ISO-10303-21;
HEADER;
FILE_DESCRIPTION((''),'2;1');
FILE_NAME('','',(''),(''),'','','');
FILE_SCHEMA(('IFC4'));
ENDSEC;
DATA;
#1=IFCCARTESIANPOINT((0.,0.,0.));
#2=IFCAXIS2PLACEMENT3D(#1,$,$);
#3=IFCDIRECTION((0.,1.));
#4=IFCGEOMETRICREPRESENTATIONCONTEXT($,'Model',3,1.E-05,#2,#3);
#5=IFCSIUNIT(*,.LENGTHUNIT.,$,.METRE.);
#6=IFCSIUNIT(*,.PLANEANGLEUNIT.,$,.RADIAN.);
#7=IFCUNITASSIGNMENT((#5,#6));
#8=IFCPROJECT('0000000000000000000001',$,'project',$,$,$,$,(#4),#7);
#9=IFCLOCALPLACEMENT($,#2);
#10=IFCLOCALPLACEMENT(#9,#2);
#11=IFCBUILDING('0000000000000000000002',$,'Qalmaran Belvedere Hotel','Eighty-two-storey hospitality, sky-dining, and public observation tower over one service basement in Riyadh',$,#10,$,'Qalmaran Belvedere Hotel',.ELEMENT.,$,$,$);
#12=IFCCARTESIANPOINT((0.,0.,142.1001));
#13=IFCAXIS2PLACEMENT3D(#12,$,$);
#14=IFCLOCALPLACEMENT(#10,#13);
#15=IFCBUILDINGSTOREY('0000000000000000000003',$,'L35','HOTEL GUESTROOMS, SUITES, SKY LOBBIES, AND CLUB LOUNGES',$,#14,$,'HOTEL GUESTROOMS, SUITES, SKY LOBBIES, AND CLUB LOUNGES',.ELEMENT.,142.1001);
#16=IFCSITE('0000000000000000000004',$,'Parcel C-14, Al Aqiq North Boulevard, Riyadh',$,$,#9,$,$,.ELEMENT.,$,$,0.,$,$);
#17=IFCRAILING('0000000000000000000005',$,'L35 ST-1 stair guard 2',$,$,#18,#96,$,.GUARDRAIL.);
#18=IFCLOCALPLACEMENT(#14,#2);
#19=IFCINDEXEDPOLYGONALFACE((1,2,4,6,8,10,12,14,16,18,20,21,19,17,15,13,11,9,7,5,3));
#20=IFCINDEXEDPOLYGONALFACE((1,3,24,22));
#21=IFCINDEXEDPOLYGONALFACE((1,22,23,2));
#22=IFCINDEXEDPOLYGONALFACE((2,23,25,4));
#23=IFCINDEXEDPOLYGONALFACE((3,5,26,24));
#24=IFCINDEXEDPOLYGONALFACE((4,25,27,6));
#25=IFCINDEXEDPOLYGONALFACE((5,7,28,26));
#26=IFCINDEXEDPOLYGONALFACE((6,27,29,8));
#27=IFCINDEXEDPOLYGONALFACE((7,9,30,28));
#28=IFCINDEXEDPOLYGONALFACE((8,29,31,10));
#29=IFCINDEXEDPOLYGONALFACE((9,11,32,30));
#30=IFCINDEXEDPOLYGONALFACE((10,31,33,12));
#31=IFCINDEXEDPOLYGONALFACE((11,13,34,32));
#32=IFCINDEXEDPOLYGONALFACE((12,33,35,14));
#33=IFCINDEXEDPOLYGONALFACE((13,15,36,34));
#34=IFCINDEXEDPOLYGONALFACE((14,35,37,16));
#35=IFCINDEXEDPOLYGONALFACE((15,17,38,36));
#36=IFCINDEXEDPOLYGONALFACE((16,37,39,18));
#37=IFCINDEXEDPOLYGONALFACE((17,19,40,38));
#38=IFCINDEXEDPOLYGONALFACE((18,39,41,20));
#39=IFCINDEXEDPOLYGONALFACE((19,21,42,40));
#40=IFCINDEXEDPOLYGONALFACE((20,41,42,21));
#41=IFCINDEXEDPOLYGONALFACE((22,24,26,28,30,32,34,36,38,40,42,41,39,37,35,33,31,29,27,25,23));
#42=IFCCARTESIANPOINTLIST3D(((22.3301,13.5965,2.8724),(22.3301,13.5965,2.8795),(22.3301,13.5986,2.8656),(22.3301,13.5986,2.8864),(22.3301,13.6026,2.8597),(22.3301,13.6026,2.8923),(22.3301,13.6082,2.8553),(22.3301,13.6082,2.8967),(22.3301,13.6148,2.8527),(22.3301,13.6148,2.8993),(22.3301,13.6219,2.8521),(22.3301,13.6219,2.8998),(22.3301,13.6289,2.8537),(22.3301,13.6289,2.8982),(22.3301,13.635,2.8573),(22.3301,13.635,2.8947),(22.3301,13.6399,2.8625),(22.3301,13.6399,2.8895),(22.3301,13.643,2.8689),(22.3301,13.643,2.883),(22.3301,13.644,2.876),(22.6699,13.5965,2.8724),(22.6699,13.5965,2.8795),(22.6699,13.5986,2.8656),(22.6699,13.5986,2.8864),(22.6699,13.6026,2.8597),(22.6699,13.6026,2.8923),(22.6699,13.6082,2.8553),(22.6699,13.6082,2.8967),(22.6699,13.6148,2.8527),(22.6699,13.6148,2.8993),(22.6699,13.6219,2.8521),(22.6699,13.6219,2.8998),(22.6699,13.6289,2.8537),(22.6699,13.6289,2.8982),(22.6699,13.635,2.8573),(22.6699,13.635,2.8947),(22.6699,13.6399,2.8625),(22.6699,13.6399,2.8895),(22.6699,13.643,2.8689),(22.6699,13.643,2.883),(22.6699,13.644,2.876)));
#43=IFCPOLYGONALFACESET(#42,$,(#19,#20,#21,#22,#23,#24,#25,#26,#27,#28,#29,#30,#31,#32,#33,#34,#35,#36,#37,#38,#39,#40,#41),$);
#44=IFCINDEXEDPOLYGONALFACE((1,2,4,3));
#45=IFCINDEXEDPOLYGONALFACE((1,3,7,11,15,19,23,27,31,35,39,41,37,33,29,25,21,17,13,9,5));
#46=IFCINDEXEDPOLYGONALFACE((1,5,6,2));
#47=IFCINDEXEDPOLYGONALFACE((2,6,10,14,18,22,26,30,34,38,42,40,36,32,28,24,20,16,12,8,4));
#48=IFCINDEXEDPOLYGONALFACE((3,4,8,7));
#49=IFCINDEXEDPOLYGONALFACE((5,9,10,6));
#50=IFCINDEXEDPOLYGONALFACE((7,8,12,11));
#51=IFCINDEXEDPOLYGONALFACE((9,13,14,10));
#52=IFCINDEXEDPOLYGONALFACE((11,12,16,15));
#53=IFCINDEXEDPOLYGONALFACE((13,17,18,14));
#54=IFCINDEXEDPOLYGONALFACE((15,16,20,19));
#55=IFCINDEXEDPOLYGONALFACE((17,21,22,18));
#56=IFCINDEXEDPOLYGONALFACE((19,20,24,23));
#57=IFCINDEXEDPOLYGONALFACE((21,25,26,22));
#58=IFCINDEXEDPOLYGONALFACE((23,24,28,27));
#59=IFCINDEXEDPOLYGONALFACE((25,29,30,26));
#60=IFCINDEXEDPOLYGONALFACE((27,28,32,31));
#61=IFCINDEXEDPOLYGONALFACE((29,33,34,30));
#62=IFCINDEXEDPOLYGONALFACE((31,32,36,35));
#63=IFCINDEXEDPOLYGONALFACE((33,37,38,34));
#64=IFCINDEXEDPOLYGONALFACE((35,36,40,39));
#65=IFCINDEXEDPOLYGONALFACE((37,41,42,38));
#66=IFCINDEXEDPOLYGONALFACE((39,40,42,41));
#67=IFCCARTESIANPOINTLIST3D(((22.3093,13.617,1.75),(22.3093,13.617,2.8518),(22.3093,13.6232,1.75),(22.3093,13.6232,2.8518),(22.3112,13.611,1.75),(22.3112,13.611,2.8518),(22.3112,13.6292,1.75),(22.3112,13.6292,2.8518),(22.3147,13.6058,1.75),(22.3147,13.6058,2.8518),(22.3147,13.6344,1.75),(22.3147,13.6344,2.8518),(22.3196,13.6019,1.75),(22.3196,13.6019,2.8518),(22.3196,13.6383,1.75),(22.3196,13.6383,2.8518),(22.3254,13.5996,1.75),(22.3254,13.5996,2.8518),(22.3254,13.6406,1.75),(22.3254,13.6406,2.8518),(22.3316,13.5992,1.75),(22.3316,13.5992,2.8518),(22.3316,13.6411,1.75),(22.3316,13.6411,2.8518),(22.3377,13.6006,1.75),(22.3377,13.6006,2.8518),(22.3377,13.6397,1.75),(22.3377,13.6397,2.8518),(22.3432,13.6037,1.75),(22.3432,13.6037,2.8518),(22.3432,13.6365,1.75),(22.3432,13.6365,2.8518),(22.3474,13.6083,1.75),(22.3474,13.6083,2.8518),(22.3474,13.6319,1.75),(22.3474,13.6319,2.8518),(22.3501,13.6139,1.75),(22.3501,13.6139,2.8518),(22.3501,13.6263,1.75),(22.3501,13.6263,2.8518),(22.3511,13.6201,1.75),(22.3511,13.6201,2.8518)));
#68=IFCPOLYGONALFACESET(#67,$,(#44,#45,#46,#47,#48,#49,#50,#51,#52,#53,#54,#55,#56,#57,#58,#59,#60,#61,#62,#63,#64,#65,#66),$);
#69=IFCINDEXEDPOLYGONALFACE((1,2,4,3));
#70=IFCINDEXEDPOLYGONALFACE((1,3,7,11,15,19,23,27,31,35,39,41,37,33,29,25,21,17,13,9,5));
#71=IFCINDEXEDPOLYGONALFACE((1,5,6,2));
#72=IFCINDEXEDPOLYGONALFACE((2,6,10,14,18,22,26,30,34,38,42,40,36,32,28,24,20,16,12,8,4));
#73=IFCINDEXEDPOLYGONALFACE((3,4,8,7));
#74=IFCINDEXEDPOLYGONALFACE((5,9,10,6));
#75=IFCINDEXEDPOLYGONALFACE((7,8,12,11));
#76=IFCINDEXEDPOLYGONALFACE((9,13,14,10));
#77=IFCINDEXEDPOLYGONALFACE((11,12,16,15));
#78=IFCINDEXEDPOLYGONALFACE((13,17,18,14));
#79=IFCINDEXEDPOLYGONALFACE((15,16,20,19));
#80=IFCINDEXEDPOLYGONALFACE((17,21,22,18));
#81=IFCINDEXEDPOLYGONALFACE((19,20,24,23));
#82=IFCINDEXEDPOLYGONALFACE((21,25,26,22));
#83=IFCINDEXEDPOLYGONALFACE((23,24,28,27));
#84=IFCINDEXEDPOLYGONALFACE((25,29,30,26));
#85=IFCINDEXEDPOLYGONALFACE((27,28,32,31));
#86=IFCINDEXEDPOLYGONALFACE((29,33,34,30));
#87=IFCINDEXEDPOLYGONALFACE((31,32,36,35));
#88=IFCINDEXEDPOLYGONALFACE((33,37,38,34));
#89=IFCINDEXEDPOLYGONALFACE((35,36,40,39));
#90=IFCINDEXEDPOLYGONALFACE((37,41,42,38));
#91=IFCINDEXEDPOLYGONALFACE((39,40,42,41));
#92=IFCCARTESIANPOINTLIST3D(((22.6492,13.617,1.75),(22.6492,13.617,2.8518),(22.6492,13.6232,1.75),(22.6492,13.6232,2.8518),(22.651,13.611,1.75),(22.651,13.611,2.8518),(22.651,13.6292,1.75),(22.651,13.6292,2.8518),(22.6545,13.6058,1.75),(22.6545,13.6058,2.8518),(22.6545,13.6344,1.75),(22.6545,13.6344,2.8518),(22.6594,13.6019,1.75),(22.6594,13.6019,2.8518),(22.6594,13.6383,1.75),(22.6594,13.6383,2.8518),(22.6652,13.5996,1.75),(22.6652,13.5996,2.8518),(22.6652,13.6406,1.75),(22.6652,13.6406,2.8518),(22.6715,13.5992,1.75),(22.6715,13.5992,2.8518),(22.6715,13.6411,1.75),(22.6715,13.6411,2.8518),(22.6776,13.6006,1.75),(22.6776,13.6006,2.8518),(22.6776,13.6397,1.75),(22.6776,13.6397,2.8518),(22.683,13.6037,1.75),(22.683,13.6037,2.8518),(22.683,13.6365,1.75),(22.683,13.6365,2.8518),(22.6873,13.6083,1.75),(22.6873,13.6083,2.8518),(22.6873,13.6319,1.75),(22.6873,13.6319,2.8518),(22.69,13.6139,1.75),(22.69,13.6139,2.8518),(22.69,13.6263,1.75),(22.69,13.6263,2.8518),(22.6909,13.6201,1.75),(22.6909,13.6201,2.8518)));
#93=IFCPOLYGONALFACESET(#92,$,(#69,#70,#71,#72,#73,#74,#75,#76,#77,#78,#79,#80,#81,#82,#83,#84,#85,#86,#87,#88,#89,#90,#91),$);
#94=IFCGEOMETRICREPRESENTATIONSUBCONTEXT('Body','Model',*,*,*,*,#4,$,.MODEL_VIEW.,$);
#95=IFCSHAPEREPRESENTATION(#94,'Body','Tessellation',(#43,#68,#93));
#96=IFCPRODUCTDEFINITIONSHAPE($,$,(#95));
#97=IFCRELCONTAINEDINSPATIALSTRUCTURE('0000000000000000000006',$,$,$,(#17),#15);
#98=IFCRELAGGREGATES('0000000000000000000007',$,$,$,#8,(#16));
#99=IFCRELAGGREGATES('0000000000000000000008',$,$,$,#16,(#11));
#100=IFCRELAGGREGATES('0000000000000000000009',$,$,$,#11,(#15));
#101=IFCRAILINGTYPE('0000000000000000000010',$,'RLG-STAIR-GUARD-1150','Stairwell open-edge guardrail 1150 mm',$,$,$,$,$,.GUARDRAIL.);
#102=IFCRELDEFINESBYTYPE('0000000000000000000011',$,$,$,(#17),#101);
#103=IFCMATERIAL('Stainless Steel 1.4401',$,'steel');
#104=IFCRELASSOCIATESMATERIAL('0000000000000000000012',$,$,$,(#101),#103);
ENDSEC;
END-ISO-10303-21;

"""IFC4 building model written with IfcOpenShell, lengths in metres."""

from ifc_helpers import new_model, si_unit, direction, frame, origin, origin_2d, place, context, subcontext, project, spatial, circle, extrude, material, type_object, element, save


model = new_model("IFC4")

# Units and contexts
model_context = context("Model", 3, precision=1e-05, world=origin(), true_north=direction((0.0, 1.0)))
body_context = subcontext(model_context, "Body", "Model", "MODEL_VIEW")
ifc_project = project(units=[si_unit("LENGTHUNIT", "METRE"), si_unit("PLANEANGLEUNIT", "RADIAN")], contexts=[model_context])

# Site, building, storey
site_placement = place(None, origin())
site = spatial("IfcSite", under=ifc_project, at=site_placement, Name="Parcel C-14, Al Aqiq North Boulevard, Riyadh", CompositionType="ELEMENT", RefElevation=0.0)
building_placement = place(site_placement, origin())
building = spatial("IfcBuilding", under=site, at=building_placement, Name="Qalmaran Belvedere Hotel", Description="Eighty-two-storey hospitality, sky-dining, and public observation tower over one service basement in Riyadh", LongName="Qalmaran Belvedere Hotel", CompositionType="ELEMENT")
storey_placement = place(building_placement, frame((0.0, 0.0, 142.1001)))
storey = spatial("IfcBuildingStorey", under=building, at=storey_placement, Name="L35", Description="HOTEL GUESTROOMS, SUITES, SKY LOBBIES, AND CLUB LOUNGES", LongName="HOTEL GUESTROOMS, SUITES, SKY LOBBIES, AND CLUB LOUNGES", CompositionType="ELEMENT", Elevation=142.1001)

# Shared definitions
ifc_material_1 = material(Name="Stainless Steel 1.4401", Category="steel")

# Railing
railing_type_1 = type_object("IfcRailingType", Name="RLG-STAIR-GUARD-1150", Description="Stairwell open-edge guardrail 1150 mm", PredefinedType="GUARDRAIL", material=ifc_material_1)
railing_1_placement = place(storey_placement, frame((22.3301, 13.6201, 1.75)))
element("IfcRailing", 1, at=railing_1_placement, inside=storey, type_object=railing_type_1, Name="L35 ST-1 stair guard 2", PredefinedType="GUARDRAIL", context=body_context, shape_type="SweptSolid", body=[
    extrude(circle(Radius=0.0239, at=origin_2d()), frame((0.0, 0.0, 1.126), z_axis=(1.0, 0.0, 0.0), x_axis=(0.0, 1.0, 0.0)), (0.0, 0.0, 1.0), 0.3398),
    extrude(circle(Radius=0.021, at=origin_2d()), origin(), (0.0, 0.0, 1.0), 1.1018),
    extrude(circle(Radius=0.021, at=origin_2d()), frame((0.3398, 0.0, 0.0)), (0.0, 0.0, 1.0), 1.1018),
])

save(model, "model.ifc")
